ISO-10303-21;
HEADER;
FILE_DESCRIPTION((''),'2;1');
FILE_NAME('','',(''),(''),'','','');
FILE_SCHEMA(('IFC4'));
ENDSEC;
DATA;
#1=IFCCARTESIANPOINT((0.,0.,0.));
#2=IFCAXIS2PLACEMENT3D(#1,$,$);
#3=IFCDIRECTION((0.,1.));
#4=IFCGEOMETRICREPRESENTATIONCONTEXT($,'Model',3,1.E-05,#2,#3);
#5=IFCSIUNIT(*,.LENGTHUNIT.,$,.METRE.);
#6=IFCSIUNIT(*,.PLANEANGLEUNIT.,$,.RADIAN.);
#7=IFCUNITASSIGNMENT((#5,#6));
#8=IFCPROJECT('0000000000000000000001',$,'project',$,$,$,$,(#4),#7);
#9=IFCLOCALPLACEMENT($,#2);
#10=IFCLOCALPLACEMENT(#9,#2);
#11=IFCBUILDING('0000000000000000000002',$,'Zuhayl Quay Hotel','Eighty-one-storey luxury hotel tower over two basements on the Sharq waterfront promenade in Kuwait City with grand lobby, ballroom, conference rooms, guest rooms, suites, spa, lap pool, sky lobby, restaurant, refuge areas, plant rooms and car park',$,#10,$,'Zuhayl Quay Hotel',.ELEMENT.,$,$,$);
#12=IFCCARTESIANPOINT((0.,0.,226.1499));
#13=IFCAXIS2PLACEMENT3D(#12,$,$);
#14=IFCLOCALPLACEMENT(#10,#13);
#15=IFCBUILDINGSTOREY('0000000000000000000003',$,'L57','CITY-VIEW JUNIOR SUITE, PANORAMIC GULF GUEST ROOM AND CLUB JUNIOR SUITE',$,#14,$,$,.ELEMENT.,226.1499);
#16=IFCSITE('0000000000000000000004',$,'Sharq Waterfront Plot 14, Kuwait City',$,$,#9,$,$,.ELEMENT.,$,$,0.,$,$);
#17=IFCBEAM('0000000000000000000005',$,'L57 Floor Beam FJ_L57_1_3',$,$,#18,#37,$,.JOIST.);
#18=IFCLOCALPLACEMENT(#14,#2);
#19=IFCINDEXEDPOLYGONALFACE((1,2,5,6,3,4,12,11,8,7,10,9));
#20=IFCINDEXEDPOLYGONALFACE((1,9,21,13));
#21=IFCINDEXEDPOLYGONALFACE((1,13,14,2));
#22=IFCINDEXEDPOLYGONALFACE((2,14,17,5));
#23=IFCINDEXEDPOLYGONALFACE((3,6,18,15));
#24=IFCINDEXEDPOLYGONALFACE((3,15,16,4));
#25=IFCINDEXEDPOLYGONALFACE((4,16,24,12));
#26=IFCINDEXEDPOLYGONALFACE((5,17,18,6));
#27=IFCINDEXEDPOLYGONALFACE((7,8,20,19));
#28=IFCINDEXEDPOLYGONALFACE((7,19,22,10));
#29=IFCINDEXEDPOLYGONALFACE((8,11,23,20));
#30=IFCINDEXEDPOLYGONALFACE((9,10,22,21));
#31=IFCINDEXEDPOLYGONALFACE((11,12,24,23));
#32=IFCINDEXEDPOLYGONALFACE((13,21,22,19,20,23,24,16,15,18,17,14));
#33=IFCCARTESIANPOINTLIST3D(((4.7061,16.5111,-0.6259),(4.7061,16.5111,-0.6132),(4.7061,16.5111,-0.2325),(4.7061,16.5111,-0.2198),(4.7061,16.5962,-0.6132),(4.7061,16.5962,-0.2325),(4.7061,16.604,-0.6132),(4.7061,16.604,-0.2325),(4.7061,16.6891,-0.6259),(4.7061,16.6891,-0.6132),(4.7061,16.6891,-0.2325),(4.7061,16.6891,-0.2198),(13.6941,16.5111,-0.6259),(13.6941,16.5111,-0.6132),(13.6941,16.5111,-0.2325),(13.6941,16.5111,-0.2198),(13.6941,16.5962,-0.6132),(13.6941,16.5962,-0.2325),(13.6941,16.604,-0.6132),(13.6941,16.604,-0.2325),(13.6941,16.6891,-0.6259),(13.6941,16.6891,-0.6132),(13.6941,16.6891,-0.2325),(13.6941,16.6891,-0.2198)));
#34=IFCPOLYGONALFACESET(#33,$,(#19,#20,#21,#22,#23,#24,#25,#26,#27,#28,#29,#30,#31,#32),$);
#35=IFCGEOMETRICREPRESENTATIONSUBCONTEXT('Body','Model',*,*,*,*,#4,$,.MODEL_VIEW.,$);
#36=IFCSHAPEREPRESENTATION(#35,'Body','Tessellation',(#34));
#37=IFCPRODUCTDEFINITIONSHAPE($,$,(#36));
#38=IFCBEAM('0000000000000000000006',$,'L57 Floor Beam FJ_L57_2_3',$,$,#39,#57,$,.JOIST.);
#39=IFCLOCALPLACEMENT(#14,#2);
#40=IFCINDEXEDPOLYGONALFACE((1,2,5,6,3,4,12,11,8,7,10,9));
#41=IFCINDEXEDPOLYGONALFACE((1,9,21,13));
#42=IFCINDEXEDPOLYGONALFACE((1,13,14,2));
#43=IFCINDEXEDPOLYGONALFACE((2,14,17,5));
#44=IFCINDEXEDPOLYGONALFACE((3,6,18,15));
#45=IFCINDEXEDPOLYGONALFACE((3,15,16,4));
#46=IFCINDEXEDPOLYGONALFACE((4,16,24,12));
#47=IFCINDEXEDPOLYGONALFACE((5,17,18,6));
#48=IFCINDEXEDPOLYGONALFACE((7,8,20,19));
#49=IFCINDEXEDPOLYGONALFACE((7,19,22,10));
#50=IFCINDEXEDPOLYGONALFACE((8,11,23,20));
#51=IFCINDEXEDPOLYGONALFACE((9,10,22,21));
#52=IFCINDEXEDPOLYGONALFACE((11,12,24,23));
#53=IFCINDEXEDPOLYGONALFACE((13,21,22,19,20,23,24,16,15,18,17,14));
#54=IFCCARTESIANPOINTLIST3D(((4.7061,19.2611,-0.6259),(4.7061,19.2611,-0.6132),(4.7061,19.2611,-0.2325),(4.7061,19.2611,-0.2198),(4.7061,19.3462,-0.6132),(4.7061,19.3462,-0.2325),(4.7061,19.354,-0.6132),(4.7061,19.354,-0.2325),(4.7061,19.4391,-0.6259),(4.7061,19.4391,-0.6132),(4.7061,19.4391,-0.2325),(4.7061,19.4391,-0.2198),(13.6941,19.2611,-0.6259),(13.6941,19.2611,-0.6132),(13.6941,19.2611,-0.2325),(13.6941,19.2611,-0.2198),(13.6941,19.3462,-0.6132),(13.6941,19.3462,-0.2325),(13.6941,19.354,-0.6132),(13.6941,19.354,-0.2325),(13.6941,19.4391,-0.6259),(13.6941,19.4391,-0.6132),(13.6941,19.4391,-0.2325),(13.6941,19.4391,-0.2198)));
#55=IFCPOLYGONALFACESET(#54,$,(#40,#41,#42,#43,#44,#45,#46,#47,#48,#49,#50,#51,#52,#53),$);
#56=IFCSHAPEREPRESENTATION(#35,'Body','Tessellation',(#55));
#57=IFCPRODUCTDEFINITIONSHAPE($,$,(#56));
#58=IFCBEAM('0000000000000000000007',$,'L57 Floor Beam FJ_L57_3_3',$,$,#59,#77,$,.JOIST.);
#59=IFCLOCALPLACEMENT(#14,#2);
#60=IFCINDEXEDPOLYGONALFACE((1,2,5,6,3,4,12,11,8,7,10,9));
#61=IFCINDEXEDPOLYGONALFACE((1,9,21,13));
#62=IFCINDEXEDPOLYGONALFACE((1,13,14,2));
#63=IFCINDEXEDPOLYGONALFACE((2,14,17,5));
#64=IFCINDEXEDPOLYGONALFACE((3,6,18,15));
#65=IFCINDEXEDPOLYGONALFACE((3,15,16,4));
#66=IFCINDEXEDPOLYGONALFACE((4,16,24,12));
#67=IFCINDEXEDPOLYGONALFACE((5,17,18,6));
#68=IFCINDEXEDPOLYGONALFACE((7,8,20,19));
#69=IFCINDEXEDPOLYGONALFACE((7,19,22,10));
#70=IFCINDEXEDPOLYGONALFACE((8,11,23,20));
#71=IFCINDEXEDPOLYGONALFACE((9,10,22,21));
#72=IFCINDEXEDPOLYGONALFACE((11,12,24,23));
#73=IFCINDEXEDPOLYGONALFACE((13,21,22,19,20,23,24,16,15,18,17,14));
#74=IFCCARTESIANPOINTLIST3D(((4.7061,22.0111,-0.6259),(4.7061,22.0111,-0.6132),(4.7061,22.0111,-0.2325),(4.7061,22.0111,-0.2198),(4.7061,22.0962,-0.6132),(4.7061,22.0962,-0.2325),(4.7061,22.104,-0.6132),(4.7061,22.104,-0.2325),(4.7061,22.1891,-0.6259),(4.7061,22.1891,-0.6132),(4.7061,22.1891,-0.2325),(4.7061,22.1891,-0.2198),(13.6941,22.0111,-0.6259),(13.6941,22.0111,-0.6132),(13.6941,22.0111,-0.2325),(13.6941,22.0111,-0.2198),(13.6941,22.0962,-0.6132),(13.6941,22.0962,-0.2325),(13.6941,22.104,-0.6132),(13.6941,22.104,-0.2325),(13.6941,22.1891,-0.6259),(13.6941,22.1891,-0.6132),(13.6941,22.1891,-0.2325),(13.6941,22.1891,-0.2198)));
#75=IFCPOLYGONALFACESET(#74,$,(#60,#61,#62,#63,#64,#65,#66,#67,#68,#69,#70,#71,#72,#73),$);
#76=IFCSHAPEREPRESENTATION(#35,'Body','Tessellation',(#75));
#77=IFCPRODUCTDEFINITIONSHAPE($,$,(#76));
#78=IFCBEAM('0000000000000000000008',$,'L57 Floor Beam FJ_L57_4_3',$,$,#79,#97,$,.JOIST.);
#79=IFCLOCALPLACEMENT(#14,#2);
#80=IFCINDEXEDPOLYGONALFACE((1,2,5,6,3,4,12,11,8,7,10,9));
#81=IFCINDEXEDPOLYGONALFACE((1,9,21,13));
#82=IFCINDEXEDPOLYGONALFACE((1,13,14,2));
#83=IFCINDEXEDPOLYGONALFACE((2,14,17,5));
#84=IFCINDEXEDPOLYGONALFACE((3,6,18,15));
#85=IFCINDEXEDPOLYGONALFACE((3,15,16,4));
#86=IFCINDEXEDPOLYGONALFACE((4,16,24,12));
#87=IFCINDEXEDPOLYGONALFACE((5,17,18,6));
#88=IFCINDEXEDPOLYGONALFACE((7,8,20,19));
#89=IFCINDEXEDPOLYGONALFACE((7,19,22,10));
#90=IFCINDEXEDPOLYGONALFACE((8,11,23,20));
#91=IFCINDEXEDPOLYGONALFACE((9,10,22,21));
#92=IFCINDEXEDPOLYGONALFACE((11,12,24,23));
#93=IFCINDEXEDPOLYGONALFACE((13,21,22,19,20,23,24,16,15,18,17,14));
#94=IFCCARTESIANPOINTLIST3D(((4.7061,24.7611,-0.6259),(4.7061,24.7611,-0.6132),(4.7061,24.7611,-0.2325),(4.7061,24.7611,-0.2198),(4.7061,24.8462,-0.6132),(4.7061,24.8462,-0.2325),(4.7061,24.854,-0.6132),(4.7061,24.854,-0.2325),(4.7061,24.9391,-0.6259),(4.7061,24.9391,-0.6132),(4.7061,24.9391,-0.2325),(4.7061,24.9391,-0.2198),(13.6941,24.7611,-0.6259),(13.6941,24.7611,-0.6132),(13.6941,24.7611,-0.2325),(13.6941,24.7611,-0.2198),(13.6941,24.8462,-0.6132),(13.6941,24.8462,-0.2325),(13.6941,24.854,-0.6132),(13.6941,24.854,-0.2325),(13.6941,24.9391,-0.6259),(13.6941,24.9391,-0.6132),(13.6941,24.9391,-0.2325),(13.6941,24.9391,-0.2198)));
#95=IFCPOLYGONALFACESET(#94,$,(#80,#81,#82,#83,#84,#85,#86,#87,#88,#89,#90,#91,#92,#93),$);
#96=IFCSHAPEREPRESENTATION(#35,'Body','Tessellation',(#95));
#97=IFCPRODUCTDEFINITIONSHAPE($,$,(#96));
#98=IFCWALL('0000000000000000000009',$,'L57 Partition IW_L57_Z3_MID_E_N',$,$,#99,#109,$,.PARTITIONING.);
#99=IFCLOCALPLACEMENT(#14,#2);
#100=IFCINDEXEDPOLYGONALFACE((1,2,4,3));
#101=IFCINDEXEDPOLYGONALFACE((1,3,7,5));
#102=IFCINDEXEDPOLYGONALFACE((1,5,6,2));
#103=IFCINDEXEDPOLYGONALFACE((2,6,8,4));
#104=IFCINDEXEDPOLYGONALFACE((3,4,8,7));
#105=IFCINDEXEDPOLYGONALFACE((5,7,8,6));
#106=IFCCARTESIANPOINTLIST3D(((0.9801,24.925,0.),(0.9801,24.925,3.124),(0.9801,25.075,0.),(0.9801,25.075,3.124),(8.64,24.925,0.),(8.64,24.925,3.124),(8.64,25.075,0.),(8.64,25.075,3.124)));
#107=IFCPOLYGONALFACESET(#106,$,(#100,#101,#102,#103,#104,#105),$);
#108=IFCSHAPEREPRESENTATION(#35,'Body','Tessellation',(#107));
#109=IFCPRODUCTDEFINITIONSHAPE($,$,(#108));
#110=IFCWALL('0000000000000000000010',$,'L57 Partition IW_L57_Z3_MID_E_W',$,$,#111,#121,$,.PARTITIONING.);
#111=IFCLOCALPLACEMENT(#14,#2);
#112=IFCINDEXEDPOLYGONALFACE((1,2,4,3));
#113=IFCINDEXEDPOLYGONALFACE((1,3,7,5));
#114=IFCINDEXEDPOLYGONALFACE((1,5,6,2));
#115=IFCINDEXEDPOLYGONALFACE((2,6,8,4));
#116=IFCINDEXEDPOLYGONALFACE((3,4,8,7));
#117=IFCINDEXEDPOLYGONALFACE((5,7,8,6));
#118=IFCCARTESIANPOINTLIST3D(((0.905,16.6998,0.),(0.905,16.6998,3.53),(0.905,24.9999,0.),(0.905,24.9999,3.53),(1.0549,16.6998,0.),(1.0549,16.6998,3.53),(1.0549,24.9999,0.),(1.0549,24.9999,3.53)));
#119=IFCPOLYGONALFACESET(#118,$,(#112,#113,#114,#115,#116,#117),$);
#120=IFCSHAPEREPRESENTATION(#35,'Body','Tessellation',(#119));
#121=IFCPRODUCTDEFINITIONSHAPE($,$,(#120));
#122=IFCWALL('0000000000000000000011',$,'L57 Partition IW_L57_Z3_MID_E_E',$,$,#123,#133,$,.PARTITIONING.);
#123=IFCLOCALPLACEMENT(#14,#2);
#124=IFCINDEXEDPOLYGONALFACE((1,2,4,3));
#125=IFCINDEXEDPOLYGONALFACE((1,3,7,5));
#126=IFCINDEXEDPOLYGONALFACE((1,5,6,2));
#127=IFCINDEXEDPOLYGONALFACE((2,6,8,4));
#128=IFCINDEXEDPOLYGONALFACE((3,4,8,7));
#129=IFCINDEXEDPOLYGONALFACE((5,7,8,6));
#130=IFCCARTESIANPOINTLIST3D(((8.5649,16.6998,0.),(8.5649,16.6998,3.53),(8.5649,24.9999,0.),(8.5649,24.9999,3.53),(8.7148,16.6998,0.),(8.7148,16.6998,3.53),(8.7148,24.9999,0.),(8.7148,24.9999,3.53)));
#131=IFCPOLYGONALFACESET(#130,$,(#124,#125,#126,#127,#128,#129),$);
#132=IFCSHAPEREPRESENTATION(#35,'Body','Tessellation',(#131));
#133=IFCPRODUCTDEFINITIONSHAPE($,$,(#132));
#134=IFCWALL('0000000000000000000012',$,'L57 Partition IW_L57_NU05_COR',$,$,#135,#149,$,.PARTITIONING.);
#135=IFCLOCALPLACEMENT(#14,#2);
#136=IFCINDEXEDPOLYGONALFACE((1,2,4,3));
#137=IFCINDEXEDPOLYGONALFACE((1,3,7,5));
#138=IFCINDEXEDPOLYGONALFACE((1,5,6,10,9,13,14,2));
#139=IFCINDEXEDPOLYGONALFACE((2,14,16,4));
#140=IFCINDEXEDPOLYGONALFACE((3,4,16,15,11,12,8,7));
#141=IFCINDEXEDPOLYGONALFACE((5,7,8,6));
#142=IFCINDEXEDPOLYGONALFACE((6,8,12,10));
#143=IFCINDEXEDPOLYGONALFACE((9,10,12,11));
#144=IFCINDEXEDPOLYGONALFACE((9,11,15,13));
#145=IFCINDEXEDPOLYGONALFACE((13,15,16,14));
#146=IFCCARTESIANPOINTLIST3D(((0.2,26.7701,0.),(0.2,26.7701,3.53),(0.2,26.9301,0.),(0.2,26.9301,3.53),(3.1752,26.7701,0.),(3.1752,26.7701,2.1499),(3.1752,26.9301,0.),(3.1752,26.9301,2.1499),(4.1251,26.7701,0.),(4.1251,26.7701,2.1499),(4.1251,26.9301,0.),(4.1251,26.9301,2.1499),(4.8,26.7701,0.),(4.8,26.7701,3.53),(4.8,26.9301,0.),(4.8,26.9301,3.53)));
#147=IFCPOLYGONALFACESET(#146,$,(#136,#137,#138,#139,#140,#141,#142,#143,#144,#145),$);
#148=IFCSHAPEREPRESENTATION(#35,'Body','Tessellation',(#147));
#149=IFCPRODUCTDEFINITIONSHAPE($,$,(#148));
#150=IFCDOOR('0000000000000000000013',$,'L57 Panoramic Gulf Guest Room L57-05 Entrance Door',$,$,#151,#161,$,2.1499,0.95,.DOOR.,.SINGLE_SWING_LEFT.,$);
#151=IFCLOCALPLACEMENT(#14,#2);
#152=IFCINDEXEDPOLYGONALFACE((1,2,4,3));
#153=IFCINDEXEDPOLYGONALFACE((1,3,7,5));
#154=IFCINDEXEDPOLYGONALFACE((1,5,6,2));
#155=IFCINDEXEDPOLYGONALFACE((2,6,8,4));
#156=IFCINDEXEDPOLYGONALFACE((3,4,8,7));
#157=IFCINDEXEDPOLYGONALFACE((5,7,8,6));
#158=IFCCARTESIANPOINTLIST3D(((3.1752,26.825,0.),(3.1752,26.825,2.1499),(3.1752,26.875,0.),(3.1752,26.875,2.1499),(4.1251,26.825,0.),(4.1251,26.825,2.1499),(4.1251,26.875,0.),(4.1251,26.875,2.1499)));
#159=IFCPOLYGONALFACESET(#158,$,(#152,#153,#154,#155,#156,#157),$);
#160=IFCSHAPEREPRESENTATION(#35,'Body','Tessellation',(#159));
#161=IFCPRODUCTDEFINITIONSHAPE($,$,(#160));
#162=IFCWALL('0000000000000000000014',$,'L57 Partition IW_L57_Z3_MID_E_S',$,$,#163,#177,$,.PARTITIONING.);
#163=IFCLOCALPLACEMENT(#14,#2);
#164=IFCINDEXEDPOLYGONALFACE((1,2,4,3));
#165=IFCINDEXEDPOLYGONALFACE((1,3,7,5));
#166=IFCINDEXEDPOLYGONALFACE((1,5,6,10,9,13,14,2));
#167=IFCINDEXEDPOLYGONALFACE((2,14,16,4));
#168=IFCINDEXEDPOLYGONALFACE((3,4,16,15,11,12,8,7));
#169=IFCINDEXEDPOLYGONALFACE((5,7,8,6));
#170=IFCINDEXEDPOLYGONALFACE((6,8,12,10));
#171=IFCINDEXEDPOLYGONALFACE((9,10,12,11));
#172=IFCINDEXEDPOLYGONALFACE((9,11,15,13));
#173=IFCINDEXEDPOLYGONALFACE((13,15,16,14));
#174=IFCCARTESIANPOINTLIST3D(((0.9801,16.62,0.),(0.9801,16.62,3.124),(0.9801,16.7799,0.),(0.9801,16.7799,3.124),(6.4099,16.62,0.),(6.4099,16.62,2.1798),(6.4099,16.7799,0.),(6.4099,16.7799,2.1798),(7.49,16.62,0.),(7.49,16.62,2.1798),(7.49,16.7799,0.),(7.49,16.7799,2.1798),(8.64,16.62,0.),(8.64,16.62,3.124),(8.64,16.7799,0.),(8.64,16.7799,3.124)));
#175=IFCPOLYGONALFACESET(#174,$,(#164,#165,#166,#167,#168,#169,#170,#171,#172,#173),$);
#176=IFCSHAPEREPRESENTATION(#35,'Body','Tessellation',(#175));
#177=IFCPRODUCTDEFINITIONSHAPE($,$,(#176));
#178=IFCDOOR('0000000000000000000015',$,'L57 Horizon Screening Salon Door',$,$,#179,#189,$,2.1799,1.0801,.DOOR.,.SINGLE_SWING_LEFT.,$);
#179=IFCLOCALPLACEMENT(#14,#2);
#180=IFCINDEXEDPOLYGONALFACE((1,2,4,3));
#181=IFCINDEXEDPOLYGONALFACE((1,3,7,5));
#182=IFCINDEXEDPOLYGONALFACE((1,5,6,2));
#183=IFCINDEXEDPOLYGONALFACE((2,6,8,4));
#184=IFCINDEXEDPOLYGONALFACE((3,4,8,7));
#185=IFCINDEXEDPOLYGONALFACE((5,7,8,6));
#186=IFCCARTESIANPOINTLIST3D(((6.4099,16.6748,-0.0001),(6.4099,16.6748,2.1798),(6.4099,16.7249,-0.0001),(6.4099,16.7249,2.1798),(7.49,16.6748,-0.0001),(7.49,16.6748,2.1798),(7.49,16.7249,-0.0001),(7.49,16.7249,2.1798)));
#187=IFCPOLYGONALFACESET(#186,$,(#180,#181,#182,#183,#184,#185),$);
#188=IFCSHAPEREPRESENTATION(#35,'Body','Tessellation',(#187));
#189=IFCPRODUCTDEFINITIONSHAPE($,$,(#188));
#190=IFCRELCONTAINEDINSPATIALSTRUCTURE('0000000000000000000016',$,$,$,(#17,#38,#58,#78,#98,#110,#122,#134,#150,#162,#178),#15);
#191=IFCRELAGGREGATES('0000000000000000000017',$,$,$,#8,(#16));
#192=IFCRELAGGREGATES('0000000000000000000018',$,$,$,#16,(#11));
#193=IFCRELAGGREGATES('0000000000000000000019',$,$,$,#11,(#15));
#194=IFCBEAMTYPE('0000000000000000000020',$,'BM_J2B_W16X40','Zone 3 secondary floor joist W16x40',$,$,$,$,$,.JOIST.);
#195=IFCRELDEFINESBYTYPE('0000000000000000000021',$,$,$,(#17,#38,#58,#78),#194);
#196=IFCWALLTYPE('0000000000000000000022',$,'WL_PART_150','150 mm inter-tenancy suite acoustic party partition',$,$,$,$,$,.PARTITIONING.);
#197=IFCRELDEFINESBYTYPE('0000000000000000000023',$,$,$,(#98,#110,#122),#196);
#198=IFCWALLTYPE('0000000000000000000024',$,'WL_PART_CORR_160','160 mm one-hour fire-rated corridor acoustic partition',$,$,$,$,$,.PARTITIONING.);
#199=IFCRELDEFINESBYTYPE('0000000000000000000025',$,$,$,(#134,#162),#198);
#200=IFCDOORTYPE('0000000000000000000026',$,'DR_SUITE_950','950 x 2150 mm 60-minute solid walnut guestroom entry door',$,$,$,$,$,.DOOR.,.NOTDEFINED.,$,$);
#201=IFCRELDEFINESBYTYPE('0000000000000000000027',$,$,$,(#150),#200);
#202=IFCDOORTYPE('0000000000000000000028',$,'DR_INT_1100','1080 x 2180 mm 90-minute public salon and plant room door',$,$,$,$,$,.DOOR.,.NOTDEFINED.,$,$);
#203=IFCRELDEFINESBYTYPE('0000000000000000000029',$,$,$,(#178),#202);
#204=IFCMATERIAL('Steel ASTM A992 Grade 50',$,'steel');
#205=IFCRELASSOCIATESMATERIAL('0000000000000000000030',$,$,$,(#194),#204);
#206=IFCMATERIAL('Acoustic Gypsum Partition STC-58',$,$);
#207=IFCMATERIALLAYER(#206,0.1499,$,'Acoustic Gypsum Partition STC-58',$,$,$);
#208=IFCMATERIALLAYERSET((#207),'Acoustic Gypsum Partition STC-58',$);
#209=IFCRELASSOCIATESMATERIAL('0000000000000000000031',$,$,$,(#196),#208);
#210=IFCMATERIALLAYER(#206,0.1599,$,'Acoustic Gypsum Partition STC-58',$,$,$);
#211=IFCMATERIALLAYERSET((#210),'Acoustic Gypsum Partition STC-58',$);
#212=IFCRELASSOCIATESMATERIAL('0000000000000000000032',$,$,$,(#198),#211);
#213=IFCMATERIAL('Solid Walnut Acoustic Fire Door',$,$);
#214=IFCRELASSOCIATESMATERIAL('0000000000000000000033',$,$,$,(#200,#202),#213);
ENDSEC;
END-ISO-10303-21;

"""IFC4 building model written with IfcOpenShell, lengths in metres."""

from ifc_helpers import new_model, si_unit, direction, frame, frame_2d, origin, origin_2d, place, context, subcontext, project, spatial, rectangle, i_section, extrude, material, layer, layer_set, material_profile, profile_set, type_object, element, fill, save


model = new_model("IFC4")

# Units and contexts
model_context = context("Model", 3, precision=1e-05, world=origin(), true_north=direction((0.0, 1.0)))
body_context = subcontext(model_context, "Body", "Model", "MODEL_VIEW")
ifc_project = project(units=[si_unit("LENGTHUNIT", "METRE"), si_unit("PLANEANGLEUNIT", "RADIAN")], contexts=[model_context])

# Site, building, storey
site_placement = place(None, origin())
site = spatial("IfcSite", under=ifc_project, at=site_placement, Name="Sharq Waterfront Plot 14, Kuwait City", CompositionType="ELEMENT", RefElevation=0.0)
building_placement = place(site_placement, origin())
building = spatial("IfcBuilding", under=site, at=building_placement, Name="Zuhayl Quay Hotel", Description="Eighty-one-storey luxury hotel tower over two basements on the Sharq waterfront promenade in Kuwait City with grand lobby, ballroom, conference rooms, guest rooms, suites, spa, lap pool, sky lobby, restaurant, refuge areas, plant rooms and car park", LongName="Zuhayl Quay Hotel", CompositionType="ELEMENT")
storey_placement = place(building_placement, frame((0.0, 0.0, 226.1499)))
storey = spatial("IfcBuildingStorey", under=building, at=storey_placement, Name="L57", Description="CITY-VIEW JUNIOR SUITE, PANORAMIC GULF GUEST ROOM AND CLUB JUNIOR SUITE", CompositionType="ELEMENT", Elevation=226.1499)

# Beams
ifc_material_1 = material(Name="Steel ASTM A992 Grade 50", Category="steel")
ifc_material_profile = material_profile(ifc_material_1, i_section(OverallWidth=0.178, OverallDepth=0.406, WebThickness=0.0078, FlangeThickness=0.0127, at=origin_2d()), Name="W16X40")
ifc_profile_set = profile_set([ifc_material_profile], Name="Steel ASTM A992 Grade 50")
beam_type = type_object("IfcBeamType", Name="BM_J2B_W16X40", Description="Zone 3 secondary floor joist W16x40", PredefinedType="JOIST", material=ifc_profile_set)
for number, where, z_axis, x_axis, name in (
    (1, (4.7061, 16.6001, -0.4229), (1.0, 0.0, 0.0), (0.0, 1.0, 0.0), "L57 Floor Beam FJ_L57_1_3"),
    (2, (4.7061, 19.3501, -0.4229), (1.0, 0.0, 0.0), (0.0, 1.0, 0.0), "L57 Floor Beam FJ_L57_2_3"),
    (3, (4.7061, 22.1001, -0.4229), (1.0, 0.0, 0.0), (0.0, 1.0, 0.0), "L57 Floor Beam FJ_L57_3_3"),
    (4, (4.7061, 24.8501, -0.4229), (1.0, 0.0, 0.0), (0.0, 1.0, 0.0), "L57 Floor Beam FJ_L57_4_3"),
):
    element("IfcBeam", number, at=place(storey_placement, frame(where, z_axis=z_axis, x_axis=x_axis)), inside=storey, type_object=beam_type, Name=name, PredefinedType="JOIST", context=body_context, shape_type="SweptSolid", body=[
        extrude(i_section(OverallWidth=0.178, OverallDepth=0.406, WebThickness=0.0078, FlangeThickness=0.0127, at=origin_2d()), origin(), (0.0, 0.0, 1.0), 8.988),
    ])

# Walls
ifc_material_2 = material(Name="Acoustic Gypsum Partition STC-58")
ifc_layer_1 = layer(ifc_material_2, 0.1499, Name="Acoustic Gypsum Partition STC-58")
ifc_layer_set_1 = layer_set([ifc_layer_1], Name="Acoustic Gypsum Partition STC-58")
wall_type_1 = type_object("IfcWallType", Name="WL_PART_150", Description="150 mm inter-tenancy suite acoustic party partition", PredefinedType="PARTITIONING", material=ifc_layer_set_1)
wall_1_placement = place(storey_placement, frame((0.98, 25.0, 0.0), z_axis=(0.0, 0.0, 1.0), x_axis=(1.0, 0.0, 0.0)))
element("IfcWall", 5, at=wall_1_placement, inside=storey, type_object=wall_type_1, Name="L57 Partition IW_L57_Z3_MID_E_N", PredefinedType="PARTITIONING", context=body_context, shape_type="SweptSolid", body=[
    extrude(rectangle(XDim=7.6599, YDim=0.1499, at=frame_2d((3.8301, 0.0))), origin(), (0.0, 0.0, 1.0), 3.124),
])
for number, where, z_axis, x_axis, name in (
    (6, (0.98, 16.7, 0.0), (0.0, 0.0, 1.0), (0.0, 1.0, 0.0), "L57 Partition IW_L57_Z3_MID_E_W"),
    (7, (8.6399, 16.7, 0.0), (0.0, 0.0, 1.0), (0.0, 1.0, 0.0), "L57 Partition IW_L57_Z3_MID_E_E"),
):
    element("IfcWall", number, at=place(storey_placement, frame(where, z_axis=z_axis, x_axis=x_axis)), inside=storey, type_object=wall_type_1, Name=name, PredefinedType="PARTITIONING", context=body_context, shape_type="SweptSolid", body=[
        extrude(rectangle(XDim=8.3, YDim=0.1499, at=frame_2d((4.1499, 0.0))), origin(), (0.0, 0.0, 1.0), 3.53),
    ])

# Walls, openings, doors
ifc_layer_2 = layer(ifc_material_2, 0.1599, Name="Acoustic Gypsum Partition STC-58")
ifc_layer_set_2 = layer_set([ifc_layer_2], Name="Acoustic Gypsum Partition STC-58")
wall_type_2 = type_object("IfcWallType", Name="WL_PART_CORR_160", Description="160 mm one-hour fire-rated corridor acoustic partition", PredefinedType="PARTITIONING", material=ifc_layer_set_2)
wall_2_placement = place(storey_placement, frame((0.2, 26.8501, 0.0), z_axis=(0.0, 0.0, 1.0), x_axis=(1.0, 0.0, 0.0)))
wall_2 = element("IfcWall", 8, at=wall_2_placement, inside=storey, type_object=wall_type_2, Name="L57 Partition IW_L57_NU05_COR", PredefinedType="PARTITIONING", context=body_context, shape_type="SweptSolid", body=[
    extrude(rectangle(XDim=4.6001, YDim=0.1599, at=frame_2d((2.3, 0.0))), origin(), (0.0, 0.0, 1.0), 3.53),
])
opening_1_placement = place(wall_2_placement, frame((2.9751, 0.0, 0.0)))
opening_1 = element("IfcOpeningElement", 9, at=opening_1_placement, cuts=wall_2, PredefinedType="OPENING", context=body_context, shape_type="SweptSolid", body=[
    extrude(rectangle(XDim=0.95, YDim=2.1499, at=frame_2d((0.4751, 1.075))), frame((0.0, 0.0898, 0.0), z_axis=(0.0, -1.0, 0.0), x_axis=(1.0, 0.0, 0.0)), (0.0, 0.0, 1.0), 0.1799),
])
ifc_material_3 = material(Name="Solid Walnut Acoustic Fire Door")
door_type_1 = type_object("IfcDoorType", Name="DR_SUITE_950", Description="950 x 2150 mm 60-minute solid walnut guestroom entry door", OperationType="NOTDEFINED", PredefinedType="DOOR", material=ifc_material_3)
door_1_placement = place(opening_1_placement, origin())
door_1 = element("IfcDoor", 10, at=door_1_placement, inside=storey, type_object=door_type_1, Name="L57 Panoramic Gulf Guest Room L57-05 Entrance Door", OperationType="SINGLE_SWING_LEFT", OverallHeight=2.1499, OverallWidth=0.95, PredefinedType="DOOR", context=body_context, shape_type="SweptSolid", body=[
    extrude(rectangle(XDim=0.95, YDim=2.1499, at=frame_2d((0.4751, 1.075))), frame((0.0, 0.0249, 0.0), z_axis=(0.0, -1.0, 0.0), x_axis=(1.0, 0.0, 0.0)), (0.0, 0.0, 1.0), 0.05),
])
fill(opening_1, door_1)
wall_3_placement = place(storey_placement, frame((0.98, 16.7, 0.0), z_axis=(0.0, 0.0, 1.0), x_axis=(1.0, 0.0, 0.0)))
wall_3 = element("IfcWall", 11, at=wall_3_placement, inside=storey, type_object=wall_type_2, Name="L57 Partition IW_L57_Z3_MID_E_S", PredefinedType="PARTITIONING", context=body_context, shape_type="SweptSolid", body=[
    extrude(rectangle(XDim=7.6599, YDim=0.1599, at=frame_2d((3.8301, 0.0))), origin(), (0.0, 0.0, 1.0), 3.124),
])
opening_2_placement = place(wall_3_placement, frame((5.4299, 0.0, 0.0)))
opening_2 = element("IfcOpeningElement", 12, at=opening_2_placement, cuts=wall_3, PredefinedType="OPENING", context=body_context, shape_type="SweptSolid", body=[
    extrude(rectangle(XDim=1.0801, YDim=2.1799, at=frame_2d((0.54, 1.0898))), frame((0.0, 0.0898, 0.0), z_axis=(0.0, -1.0, 0.0), x_axis=(1.0, 0.0, 0.0)), (0.0, 0.0, 1.0), 0.1799),
])
door_type_2 = type_object("IfcDoorType", Name="DR_INT_1100", Description="1080 x 2180 mm 90-minute public salon and plant room door", OperationType="NOTDEFINED", PredefinedType="DOOR", material=ifc_material_3)
door_2_placement = place(opening_2_placement, origin())
door_2 = element("IfcDoor", 13, at=door_2_placement, inside=storey, type_object=door_type_2, Name="L57 Horizon Screening Salon Door", OperationType="SINGLE_SWING_LEFT", OverallHeight=2.1799, OverallWidth=1.0801, PredefinedType="DOOR", context=body_context, shape_type="SweptSolid", body=[
    extrude(rectangle(XDim=1.0801, YDim=2.1799, at=frame_2d((0.54, 1.0898))), frame((0.0, 0.0249, 0.0), z_axis=(0.0, -1.0, 0.0), x_axis=(1.0, 0.0, 0.0)), (0.0, 0.0, 1.0), 0.05),
])
fill(opening_2, door_2)

save(model, "model.ifc")
